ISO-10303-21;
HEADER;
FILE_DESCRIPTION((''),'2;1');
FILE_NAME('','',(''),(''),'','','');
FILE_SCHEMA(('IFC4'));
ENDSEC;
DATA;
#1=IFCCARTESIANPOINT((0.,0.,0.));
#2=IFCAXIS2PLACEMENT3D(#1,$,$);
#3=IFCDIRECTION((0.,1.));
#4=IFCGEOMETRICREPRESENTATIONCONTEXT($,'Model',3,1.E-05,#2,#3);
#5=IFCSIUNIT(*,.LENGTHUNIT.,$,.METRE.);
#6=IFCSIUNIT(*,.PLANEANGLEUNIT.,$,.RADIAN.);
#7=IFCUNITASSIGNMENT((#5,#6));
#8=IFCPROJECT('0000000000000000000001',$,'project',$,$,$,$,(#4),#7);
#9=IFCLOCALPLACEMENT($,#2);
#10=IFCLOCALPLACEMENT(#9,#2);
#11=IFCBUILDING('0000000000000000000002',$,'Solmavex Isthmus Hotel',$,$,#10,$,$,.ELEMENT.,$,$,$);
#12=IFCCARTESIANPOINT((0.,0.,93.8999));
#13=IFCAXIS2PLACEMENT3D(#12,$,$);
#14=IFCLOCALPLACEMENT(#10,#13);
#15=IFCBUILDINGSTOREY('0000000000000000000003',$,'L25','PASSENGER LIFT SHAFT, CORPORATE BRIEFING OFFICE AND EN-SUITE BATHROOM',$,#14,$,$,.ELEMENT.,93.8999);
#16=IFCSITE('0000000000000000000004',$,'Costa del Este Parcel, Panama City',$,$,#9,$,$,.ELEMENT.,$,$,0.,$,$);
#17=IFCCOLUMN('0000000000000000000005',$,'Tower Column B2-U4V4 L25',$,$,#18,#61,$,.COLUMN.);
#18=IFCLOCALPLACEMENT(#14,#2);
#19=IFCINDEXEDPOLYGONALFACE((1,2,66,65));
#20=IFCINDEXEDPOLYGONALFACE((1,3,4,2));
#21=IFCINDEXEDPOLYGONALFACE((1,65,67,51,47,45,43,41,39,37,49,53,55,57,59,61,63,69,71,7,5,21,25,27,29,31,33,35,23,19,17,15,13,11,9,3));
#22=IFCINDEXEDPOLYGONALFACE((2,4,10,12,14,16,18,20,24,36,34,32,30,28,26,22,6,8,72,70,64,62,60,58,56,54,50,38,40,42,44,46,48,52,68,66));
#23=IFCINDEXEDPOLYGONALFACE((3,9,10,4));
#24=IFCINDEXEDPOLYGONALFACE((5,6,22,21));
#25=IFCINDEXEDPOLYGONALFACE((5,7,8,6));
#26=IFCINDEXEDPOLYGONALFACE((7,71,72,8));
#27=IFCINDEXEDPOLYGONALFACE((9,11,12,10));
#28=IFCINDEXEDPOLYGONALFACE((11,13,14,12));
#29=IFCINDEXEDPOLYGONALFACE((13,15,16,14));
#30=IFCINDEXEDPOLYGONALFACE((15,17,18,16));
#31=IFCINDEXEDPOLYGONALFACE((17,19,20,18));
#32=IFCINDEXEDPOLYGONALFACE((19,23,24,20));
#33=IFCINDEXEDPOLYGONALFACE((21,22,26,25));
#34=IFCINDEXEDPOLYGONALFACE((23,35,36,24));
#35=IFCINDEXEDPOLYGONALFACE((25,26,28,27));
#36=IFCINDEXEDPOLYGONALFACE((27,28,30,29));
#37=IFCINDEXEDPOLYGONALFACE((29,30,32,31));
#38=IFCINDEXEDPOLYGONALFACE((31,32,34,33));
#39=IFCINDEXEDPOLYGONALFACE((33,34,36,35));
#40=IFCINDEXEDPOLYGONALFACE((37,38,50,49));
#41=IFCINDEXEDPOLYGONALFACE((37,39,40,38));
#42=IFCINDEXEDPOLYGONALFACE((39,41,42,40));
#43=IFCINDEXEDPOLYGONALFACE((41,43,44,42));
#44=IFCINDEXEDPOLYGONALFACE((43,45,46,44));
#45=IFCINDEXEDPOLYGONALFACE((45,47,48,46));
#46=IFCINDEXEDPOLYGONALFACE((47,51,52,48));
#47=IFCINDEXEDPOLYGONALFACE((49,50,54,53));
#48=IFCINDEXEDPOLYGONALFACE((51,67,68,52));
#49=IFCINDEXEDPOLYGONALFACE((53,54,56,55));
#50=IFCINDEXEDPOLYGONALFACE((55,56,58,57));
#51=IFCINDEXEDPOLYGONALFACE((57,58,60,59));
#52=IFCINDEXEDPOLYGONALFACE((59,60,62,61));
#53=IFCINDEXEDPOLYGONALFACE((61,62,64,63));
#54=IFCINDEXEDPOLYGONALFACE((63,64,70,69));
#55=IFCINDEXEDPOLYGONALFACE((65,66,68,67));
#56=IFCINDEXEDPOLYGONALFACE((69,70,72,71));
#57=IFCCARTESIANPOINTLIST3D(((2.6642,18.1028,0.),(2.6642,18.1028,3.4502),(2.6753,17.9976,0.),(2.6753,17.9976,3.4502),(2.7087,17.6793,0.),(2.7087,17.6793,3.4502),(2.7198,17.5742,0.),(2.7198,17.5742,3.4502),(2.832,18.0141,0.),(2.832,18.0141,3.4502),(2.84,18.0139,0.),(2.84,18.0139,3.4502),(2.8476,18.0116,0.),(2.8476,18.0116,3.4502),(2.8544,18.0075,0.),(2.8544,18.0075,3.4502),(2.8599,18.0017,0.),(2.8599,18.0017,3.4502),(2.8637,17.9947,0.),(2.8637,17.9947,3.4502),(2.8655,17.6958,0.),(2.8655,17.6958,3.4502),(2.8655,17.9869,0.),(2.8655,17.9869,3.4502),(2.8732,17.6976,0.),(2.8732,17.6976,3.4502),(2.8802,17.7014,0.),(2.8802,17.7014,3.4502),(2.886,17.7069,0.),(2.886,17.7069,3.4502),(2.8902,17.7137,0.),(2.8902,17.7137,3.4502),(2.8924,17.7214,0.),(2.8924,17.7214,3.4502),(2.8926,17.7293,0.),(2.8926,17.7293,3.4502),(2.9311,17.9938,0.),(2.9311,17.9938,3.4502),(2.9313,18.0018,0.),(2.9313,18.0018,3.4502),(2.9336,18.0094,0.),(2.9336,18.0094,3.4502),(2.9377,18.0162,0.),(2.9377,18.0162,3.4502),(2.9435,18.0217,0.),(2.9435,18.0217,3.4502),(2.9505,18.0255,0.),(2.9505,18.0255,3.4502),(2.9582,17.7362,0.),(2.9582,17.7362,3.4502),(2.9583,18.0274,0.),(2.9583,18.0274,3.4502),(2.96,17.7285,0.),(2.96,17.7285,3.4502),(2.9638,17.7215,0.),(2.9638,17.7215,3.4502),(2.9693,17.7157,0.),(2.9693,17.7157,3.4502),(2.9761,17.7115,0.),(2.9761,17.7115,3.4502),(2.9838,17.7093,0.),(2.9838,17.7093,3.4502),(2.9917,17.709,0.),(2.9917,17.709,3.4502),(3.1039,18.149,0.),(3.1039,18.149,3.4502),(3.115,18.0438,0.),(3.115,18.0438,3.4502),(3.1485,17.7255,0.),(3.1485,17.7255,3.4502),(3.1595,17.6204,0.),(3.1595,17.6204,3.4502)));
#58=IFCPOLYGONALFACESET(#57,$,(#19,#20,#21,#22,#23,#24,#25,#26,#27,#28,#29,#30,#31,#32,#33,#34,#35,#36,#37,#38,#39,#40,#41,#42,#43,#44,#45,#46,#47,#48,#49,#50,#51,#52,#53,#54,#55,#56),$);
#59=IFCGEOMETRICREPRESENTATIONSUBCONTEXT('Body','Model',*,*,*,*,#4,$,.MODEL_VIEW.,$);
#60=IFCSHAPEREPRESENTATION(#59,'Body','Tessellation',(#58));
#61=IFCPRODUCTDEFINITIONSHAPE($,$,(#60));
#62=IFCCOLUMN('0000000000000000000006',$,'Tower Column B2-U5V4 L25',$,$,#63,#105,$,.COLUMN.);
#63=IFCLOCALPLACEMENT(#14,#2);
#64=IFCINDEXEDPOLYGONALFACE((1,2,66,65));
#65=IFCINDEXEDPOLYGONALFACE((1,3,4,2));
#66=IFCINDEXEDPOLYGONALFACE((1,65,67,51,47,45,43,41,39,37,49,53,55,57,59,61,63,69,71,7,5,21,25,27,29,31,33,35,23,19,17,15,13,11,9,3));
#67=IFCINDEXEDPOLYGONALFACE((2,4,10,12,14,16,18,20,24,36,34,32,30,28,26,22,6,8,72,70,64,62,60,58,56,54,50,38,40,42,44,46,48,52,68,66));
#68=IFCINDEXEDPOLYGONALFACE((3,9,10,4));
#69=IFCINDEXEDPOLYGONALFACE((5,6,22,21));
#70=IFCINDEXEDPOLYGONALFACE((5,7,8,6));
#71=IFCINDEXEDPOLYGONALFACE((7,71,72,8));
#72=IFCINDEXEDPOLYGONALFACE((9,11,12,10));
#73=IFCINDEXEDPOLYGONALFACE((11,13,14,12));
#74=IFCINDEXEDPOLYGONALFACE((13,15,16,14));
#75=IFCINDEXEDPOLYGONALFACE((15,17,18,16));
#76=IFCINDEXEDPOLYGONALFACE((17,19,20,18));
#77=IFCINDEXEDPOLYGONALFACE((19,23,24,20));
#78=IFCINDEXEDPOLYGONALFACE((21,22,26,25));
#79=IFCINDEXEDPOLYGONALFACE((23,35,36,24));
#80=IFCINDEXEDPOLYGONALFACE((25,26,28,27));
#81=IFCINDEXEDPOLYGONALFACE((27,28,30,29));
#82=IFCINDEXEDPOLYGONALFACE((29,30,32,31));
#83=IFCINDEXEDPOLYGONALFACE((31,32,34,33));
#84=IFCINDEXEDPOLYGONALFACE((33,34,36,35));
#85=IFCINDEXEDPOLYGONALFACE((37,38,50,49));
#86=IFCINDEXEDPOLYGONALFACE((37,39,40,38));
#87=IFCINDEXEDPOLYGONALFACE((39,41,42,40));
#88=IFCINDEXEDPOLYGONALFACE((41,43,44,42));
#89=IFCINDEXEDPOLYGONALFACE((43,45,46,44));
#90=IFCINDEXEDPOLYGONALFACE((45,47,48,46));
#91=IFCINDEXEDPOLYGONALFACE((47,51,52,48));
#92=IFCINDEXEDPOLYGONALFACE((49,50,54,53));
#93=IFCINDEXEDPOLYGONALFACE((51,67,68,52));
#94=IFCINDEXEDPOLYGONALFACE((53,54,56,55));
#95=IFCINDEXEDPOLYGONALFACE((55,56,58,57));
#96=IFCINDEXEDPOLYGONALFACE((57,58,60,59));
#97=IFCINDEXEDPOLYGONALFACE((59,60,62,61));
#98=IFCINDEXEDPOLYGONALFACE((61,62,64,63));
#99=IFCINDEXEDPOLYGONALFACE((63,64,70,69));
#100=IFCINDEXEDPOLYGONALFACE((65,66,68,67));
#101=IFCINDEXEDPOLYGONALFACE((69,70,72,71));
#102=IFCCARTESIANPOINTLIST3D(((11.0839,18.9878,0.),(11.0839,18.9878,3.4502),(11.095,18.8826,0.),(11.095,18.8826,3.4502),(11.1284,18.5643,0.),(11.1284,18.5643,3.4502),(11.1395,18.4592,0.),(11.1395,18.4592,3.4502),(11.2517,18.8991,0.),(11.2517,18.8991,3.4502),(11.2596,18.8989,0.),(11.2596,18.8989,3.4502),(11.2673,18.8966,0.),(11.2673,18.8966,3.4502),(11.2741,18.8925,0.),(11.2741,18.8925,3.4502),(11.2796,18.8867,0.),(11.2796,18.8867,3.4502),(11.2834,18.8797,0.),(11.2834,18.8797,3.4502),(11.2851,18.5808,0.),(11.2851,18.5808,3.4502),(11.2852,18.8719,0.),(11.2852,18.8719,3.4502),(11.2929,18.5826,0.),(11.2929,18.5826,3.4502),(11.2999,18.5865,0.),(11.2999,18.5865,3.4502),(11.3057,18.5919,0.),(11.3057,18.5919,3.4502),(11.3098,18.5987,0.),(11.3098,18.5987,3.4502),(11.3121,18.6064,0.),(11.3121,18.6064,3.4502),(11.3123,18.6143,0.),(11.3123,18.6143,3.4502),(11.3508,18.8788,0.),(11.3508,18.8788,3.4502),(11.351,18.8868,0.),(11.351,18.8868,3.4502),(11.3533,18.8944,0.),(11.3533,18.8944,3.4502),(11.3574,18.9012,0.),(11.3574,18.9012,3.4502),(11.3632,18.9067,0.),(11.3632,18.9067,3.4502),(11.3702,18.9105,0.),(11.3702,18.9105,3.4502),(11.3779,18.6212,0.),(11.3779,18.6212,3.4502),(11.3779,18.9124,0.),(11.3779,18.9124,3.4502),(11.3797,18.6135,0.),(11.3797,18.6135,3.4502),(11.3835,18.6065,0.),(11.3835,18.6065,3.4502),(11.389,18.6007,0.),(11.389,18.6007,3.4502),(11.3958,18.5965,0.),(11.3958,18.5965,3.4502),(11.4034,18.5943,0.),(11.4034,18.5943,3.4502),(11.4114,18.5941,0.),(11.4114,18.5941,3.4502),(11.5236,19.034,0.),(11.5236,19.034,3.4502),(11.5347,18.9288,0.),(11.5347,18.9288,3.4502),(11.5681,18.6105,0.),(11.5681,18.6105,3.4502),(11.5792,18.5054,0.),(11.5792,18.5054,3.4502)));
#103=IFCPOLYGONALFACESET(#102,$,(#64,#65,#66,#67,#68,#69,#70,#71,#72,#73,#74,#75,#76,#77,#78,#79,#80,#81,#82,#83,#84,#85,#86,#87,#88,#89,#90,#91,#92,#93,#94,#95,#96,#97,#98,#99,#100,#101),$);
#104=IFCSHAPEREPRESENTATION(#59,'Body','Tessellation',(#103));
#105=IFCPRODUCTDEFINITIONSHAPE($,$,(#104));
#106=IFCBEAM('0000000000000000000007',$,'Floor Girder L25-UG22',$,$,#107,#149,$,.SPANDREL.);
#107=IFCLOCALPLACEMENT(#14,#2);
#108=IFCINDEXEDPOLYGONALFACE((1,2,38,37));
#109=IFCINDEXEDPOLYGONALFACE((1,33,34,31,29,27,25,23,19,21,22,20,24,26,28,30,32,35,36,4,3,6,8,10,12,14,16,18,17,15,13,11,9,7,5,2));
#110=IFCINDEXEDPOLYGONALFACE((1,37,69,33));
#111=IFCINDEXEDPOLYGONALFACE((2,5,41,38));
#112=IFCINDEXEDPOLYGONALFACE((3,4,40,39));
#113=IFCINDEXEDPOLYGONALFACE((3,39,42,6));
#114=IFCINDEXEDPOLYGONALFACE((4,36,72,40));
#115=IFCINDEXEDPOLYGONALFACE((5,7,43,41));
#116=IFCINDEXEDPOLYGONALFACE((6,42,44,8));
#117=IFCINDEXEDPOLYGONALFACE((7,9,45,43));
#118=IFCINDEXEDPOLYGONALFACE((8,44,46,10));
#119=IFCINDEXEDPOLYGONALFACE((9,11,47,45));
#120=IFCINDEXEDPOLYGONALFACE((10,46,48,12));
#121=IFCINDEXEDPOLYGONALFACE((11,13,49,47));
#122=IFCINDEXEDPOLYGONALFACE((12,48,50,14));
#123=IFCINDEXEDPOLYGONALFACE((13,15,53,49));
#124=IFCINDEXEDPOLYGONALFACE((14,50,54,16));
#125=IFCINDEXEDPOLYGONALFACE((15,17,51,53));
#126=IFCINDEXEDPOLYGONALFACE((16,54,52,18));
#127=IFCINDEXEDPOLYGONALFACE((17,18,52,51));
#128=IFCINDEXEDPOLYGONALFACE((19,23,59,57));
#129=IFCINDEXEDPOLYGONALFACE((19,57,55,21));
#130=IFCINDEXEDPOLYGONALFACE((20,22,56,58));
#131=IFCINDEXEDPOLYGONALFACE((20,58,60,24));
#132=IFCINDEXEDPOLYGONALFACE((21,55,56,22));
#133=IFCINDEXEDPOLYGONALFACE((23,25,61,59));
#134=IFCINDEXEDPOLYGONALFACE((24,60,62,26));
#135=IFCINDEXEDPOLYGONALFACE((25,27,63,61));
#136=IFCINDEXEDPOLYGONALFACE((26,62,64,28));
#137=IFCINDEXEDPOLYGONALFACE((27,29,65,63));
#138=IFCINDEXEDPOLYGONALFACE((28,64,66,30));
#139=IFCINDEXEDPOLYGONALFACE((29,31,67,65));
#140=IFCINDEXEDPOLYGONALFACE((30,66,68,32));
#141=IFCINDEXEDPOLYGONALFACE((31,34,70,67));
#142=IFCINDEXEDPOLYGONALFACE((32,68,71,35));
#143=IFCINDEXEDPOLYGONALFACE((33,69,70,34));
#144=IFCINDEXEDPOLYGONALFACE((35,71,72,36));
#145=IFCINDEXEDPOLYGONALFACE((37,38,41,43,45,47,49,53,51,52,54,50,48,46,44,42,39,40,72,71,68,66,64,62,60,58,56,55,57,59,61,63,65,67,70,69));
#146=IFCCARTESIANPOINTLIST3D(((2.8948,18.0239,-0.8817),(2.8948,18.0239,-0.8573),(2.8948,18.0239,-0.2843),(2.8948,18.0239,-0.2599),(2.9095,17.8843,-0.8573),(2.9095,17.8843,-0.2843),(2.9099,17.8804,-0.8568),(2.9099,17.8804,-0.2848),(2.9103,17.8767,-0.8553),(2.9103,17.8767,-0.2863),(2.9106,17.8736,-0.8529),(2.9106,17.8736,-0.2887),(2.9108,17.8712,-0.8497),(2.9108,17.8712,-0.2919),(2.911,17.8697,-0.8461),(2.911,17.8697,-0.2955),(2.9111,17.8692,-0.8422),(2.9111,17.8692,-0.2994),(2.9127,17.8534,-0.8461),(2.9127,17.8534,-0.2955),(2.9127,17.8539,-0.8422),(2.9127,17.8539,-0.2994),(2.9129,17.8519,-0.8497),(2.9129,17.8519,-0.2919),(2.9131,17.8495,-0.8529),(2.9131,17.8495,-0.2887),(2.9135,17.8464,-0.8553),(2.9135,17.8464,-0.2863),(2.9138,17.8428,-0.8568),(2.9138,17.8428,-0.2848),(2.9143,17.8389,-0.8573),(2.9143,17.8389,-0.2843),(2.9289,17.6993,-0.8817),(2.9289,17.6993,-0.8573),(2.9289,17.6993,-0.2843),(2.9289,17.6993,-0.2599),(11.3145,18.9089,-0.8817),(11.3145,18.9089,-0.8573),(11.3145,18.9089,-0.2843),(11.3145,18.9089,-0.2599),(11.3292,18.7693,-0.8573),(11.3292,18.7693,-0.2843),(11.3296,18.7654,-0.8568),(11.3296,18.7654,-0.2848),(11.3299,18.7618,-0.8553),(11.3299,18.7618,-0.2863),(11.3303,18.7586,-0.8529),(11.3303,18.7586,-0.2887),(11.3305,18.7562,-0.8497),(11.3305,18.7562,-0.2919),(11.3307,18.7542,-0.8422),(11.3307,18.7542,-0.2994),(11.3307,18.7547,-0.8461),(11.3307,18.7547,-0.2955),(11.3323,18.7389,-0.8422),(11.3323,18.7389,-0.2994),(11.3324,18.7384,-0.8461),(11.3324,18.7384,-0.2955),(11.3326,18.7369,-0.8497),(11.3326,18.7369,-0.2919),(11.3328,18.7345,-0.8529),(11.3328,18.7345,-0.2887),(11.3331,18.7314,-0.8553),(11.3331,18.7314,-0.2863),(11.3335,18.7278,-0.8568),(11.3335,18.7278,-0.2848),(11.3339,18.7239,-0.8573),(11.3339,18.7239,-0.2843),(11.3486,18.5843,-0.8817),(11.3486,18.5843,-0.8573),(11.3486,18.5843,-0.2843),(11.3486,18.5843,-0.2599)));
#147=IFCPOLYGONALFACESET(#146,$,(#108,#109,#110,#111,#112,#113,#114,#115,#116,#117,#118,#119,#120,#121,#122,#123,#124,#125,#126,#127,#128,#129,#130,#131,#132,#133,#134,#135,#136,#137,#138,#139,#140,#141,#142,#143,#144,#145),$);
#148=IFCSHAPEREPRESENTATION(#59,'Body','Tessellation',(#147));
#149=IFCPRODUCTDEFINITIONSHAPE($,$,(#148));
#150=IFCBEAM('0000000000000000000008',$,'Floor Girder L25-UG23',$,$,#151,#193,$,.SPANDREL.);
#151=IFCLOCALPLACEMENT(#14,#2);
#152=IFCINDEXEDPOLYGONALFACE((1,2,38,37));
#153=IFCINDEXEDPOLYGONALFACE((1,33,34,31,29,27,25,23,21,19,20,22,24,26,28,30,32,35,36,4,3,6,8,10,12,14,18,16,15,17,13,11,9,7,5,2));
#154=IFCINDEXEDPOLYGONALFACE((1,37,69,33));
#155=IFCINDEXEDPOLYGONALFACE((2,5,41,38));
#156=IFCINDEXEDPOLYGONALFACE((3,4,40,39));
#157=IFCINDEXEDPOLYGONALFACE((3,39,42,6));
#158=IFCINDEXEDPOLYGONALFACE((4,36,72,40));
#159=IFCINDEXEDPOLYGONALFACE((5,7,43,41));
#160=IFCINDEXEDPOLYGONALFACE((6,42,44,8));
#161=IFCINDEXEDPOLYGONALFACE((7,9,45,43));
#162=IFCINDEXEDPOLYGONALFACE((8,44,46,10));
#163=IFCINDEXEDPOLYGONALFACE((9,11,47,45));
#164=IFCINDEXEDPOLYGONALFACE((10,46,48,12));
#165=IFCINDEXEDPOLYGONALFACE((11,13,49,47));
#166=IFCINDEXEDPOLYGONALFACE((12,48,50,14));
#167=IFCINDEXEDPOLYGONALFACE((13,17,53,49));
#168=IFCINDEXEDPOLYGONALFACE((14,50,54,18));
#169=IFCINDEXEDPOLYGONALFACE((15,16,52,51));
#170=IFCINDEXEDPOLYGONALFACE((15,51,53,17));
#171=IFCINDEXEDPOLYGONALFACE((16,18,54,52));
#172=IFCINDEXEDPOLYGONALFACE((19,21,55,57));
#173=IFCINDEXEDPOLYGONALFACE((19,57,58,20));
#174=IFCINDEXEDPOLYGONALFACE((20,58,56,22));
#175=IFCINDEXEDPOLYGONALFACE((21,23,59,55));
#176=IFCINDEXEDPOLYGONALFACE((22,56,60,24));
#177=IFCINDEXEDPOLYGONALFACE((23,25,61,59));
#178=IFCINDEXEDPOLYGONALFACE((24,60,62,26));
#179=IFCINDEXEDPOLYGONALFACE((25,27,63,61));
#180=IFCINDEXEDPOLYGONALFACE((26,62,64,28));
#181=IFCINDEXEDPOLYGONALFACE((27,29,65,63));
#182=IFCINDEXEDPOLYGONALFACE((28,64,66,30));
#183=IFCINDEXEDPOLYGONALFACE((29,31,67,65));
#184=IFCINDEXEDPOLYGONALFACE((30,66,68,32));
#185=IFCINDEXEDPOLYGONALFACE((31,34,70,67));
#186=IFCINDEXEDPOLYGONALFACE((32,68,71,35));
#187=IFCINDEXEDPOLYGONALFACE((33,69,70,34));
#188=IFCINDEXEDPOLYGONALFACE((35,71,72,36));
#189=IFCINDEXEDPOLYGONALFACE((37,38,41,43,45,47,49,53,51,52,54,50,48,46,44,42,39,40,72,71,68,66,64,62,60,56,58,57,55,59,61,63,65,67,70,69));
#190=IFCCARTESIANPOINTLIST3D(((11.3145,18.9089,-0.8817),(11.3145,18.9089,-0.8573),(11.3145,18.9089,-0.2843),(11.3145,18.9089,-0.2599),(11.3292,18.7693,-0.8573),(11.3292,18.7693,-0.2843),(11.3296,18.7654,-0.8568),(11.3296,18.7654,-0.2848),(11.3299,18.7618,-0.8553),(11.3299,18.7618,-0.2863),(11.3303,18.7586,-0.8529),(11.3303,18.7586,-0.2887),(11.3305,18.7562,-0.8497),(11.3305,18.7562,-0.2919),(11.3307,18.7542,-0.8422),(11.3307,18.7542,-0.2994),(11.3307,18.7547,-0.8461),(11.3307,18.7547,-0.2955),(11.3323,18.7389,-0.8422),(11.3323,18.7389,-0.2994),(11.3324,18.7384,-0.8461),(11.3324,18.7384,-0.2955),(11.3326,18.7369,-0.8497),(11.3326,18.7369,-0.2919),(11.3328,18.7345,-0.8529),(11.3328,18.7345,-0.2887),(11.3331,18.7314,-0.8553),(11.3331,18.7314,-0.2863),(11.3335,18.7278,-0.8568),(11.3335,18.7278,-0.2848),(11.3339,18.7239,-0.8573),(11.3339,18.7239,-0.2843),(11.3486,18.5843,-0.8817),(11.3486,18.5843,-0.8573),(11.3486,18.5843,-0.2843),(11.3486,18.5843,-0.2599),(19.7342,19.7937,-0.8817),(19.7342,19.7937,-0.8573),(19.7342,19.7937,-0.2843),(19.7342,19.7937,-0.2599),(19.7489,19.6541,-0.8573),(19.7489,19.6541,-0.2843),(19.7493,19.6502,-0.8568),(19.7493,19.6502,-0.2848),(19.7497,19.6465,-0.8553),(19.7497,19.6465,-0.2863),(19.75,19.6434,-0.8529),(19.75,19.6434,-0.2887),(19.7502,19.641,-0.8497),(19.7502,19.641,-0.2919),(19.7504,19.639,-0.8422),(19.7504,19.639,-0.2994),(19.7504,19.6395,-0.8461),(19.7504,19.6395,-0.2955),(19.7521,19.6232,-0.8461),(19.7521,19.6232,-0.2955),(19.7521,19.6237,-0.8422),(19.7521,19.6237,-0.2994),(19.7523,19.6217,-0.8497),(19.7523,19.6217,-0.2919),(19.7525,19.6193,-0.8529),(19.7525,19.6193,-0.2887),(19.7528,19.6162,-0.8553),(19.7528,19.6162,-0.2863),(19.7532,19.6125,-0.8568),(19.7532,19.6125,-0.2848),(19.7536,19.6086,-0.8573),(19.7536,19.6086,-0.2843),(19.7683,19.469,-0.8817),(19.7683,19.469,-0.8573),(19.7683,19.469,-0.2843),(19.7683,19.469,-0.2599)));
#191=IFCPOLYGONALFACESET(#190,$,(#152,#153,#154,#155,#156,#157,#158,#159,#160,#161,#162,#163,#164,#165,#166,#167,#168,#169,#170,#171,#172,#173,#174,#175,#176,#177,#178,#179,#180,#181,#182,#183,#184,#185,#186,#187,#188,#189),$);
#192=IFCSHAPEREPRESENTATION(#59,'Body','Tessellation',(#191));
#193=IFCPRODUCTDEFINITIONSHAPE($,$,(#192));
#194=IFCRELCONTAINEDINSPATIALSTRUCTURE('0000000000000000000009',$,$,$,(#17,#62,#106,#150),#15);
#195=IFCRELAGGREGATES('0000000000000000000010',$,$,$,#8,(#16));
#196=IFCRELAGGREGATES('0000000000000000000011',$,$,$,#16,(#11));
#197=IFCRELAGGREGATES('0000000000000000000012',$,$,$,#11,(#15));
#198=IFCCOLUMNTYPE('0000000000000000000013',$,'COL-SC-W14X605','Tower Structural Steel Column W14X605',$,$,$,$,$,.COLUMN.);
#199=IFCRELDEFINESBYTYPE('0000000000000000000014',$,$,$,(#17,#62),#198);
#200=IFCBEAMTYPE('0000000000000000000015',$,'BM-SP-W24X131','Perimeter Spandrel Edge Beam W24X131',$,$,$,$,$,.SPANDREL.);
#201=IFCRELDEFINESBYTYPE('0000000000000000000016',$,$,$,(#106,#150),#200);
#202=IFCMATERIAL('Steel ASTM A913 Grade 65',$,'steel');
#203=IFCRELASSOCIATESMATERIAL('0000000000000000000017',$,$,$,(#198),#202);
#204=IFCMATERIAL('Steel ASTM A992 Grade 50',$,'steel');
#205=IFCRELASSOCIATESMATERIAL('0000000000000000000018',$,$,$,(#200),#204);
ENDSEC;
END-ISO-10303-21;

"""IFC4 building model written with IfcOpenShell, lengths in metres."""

from ifc_helpers import new_model, si_unit, direction, frame, origin, origin_2d, place, context, subcontext, project, spatial, i_section, extrude, material, material_profile, profile_set, type_object, element, save


model = new_model("IFC4")

# Units and contexts
model_context = context("Model", 3, precision=1e-05, world=origin(), true_north=direction((0.0, 1.0)))
body_context = subcontext(model_context, "Body", "Model", "MODEL_VIEW")
ifc_project = project(units=[si_unit("LENGTHUNIT", "METRE"), si_unit("PLANEANGLEUNIT", "RADIAN")], contexts=[model_context])

# Site, building, storey
site_placement = place(None, origin())
site = spatial("IfcSite", under=ifc_project, at=site_placement, Name="Costa del Este Parcel, Panama City", CompositionType="ELEMENT", RefElevation=0.0)
building_placement = place(site_placement, origin())
building = spatial("IfcBuilding", under=site, at=building_placement, Name="Solmavex Isthmus Hotel", CompositionType="ELEMENT")
storey_placement = place(building_placement, frame((0.0, 0.0, 93.8999)))
storey = spatial("IfcBuildingStorey", under=building, at=storey_placement, Name="L25", Description="PASSENGER LIFT SHAFT, CORPORATE BRIEFING OFFICE AND EN-SUITE BATHROOM", CompositionType="ELEMENT", Elevation=93.8999)

# Columns
ifc_material_1 = material(Name="Steel ASTM A913 Grade 65", Category="steel")
ifc_material_profile_1 = material_profile(ifc_material_1, i_section(OverallWidth=0.4421, OverallDepth=0.5315, WebThickness=0.0659, FlangeThickness=0.1057, FilletRadius=0.0305, at=origin_2d()), Name="W14X605")
ifc_profile_set_1 = profile_set([ifc_material_profile_1], Name="Steel ASTM A913 Grade 65")
column_type = type_object("IfcColumnType", Name="COL-SC-W14X605", Description="Tower Structural Steel Column W14X605", PredefinedType="COLUMN", material=ifc_profile_set_1)
for number, where, z_axis, x_axis, name in (
    (1, (2.9119, 17.8616, 0.0), (0.0, 0.0, 1.0), (0.994522, 0.104528, 0.0), "Tower Column B2-U4V4 L25"),
    (2, (11.3315, 18.7466, 0.0), (0.0, 0.0, 1.0), (0.994522, 0.104528, 0.0), "Tower Column B2-U5V4 L25"),
):
    element("IfcColumn", number, at=place(storey_placement, frame(where, z_axis=z_axis, x_axis=x_axis)), inside=storey, type_object=column_type, Name=name, PredefinedType="COLUMN", context=body_context, shape_type="SweptSolid", body=[
        extrude(i_section(OverallWidth=0.4421, OverallDepth=0.5315, WebThickness=0.0659, FlangeThickness=0.1057, FilletRadius=0.0305, at=origin_2d()), origin(), (0.0, 0.0, 1.0), 3.4502),
    ])

# Beams
ifc_material_2 = material(Name="Steel ASTM A992 Grade 50", Category="steel")
ifc_material_profile_2 = material_profile(ifc_material_2, i_section(OverallWidth=0.3264, OverallDepth=0.6218, WebThickness=0.0154, FlangeThickness=0.0244, FilletRadius=0.0151, at=origin_2d()), Name="W24X131")
ifc_profile_set_2 = profile_set([ifc_material_profile_2], Name="Steel ASTM A992 Grade 50")
beam_type = type_object("IfcBeamType", Name="BM-SP-W24X131", Description="Perimeter Spandrel Edge Beam W24X131", PredefinedType="SPANDREL", material=ifc_profile_set_2)
for number, where, z_axis, x_axis, name in (
    (3, (2.9119, 17.8616, -0.5708), (0.994521, 0.104536, 0.0), (-0.104536, 0.994521, 0.0), "Floor Girder L25-UG22"),
    (4, (11.3315, 18.7466, -0.5708), (0.994524, 0.104508, 0.0), (-0.104508, 0.994524, 0.0), "Floor Girder L25-UG23"),
):
    element("IfcBeam", number, at=place(storey_placement, frame(where, z_axis=z_axis, x_axis=x_axis)), inside=storey, type_object=beam_type, Name=name, PredefinedType="SPANDREL", context=body_context, shape_type="SweptSolid", body=[
        extrude(i_section(OverallWidth=0.3264, OverallDepth=0.6218, WebThickness=0.0154, FlangeThickness=0.0244, FilletRadius=0.0151, at=origin_2d()), origin(), (0.0, 0.0, 1.0), 8.4661),
    ])

save(model, "model.ifc")
